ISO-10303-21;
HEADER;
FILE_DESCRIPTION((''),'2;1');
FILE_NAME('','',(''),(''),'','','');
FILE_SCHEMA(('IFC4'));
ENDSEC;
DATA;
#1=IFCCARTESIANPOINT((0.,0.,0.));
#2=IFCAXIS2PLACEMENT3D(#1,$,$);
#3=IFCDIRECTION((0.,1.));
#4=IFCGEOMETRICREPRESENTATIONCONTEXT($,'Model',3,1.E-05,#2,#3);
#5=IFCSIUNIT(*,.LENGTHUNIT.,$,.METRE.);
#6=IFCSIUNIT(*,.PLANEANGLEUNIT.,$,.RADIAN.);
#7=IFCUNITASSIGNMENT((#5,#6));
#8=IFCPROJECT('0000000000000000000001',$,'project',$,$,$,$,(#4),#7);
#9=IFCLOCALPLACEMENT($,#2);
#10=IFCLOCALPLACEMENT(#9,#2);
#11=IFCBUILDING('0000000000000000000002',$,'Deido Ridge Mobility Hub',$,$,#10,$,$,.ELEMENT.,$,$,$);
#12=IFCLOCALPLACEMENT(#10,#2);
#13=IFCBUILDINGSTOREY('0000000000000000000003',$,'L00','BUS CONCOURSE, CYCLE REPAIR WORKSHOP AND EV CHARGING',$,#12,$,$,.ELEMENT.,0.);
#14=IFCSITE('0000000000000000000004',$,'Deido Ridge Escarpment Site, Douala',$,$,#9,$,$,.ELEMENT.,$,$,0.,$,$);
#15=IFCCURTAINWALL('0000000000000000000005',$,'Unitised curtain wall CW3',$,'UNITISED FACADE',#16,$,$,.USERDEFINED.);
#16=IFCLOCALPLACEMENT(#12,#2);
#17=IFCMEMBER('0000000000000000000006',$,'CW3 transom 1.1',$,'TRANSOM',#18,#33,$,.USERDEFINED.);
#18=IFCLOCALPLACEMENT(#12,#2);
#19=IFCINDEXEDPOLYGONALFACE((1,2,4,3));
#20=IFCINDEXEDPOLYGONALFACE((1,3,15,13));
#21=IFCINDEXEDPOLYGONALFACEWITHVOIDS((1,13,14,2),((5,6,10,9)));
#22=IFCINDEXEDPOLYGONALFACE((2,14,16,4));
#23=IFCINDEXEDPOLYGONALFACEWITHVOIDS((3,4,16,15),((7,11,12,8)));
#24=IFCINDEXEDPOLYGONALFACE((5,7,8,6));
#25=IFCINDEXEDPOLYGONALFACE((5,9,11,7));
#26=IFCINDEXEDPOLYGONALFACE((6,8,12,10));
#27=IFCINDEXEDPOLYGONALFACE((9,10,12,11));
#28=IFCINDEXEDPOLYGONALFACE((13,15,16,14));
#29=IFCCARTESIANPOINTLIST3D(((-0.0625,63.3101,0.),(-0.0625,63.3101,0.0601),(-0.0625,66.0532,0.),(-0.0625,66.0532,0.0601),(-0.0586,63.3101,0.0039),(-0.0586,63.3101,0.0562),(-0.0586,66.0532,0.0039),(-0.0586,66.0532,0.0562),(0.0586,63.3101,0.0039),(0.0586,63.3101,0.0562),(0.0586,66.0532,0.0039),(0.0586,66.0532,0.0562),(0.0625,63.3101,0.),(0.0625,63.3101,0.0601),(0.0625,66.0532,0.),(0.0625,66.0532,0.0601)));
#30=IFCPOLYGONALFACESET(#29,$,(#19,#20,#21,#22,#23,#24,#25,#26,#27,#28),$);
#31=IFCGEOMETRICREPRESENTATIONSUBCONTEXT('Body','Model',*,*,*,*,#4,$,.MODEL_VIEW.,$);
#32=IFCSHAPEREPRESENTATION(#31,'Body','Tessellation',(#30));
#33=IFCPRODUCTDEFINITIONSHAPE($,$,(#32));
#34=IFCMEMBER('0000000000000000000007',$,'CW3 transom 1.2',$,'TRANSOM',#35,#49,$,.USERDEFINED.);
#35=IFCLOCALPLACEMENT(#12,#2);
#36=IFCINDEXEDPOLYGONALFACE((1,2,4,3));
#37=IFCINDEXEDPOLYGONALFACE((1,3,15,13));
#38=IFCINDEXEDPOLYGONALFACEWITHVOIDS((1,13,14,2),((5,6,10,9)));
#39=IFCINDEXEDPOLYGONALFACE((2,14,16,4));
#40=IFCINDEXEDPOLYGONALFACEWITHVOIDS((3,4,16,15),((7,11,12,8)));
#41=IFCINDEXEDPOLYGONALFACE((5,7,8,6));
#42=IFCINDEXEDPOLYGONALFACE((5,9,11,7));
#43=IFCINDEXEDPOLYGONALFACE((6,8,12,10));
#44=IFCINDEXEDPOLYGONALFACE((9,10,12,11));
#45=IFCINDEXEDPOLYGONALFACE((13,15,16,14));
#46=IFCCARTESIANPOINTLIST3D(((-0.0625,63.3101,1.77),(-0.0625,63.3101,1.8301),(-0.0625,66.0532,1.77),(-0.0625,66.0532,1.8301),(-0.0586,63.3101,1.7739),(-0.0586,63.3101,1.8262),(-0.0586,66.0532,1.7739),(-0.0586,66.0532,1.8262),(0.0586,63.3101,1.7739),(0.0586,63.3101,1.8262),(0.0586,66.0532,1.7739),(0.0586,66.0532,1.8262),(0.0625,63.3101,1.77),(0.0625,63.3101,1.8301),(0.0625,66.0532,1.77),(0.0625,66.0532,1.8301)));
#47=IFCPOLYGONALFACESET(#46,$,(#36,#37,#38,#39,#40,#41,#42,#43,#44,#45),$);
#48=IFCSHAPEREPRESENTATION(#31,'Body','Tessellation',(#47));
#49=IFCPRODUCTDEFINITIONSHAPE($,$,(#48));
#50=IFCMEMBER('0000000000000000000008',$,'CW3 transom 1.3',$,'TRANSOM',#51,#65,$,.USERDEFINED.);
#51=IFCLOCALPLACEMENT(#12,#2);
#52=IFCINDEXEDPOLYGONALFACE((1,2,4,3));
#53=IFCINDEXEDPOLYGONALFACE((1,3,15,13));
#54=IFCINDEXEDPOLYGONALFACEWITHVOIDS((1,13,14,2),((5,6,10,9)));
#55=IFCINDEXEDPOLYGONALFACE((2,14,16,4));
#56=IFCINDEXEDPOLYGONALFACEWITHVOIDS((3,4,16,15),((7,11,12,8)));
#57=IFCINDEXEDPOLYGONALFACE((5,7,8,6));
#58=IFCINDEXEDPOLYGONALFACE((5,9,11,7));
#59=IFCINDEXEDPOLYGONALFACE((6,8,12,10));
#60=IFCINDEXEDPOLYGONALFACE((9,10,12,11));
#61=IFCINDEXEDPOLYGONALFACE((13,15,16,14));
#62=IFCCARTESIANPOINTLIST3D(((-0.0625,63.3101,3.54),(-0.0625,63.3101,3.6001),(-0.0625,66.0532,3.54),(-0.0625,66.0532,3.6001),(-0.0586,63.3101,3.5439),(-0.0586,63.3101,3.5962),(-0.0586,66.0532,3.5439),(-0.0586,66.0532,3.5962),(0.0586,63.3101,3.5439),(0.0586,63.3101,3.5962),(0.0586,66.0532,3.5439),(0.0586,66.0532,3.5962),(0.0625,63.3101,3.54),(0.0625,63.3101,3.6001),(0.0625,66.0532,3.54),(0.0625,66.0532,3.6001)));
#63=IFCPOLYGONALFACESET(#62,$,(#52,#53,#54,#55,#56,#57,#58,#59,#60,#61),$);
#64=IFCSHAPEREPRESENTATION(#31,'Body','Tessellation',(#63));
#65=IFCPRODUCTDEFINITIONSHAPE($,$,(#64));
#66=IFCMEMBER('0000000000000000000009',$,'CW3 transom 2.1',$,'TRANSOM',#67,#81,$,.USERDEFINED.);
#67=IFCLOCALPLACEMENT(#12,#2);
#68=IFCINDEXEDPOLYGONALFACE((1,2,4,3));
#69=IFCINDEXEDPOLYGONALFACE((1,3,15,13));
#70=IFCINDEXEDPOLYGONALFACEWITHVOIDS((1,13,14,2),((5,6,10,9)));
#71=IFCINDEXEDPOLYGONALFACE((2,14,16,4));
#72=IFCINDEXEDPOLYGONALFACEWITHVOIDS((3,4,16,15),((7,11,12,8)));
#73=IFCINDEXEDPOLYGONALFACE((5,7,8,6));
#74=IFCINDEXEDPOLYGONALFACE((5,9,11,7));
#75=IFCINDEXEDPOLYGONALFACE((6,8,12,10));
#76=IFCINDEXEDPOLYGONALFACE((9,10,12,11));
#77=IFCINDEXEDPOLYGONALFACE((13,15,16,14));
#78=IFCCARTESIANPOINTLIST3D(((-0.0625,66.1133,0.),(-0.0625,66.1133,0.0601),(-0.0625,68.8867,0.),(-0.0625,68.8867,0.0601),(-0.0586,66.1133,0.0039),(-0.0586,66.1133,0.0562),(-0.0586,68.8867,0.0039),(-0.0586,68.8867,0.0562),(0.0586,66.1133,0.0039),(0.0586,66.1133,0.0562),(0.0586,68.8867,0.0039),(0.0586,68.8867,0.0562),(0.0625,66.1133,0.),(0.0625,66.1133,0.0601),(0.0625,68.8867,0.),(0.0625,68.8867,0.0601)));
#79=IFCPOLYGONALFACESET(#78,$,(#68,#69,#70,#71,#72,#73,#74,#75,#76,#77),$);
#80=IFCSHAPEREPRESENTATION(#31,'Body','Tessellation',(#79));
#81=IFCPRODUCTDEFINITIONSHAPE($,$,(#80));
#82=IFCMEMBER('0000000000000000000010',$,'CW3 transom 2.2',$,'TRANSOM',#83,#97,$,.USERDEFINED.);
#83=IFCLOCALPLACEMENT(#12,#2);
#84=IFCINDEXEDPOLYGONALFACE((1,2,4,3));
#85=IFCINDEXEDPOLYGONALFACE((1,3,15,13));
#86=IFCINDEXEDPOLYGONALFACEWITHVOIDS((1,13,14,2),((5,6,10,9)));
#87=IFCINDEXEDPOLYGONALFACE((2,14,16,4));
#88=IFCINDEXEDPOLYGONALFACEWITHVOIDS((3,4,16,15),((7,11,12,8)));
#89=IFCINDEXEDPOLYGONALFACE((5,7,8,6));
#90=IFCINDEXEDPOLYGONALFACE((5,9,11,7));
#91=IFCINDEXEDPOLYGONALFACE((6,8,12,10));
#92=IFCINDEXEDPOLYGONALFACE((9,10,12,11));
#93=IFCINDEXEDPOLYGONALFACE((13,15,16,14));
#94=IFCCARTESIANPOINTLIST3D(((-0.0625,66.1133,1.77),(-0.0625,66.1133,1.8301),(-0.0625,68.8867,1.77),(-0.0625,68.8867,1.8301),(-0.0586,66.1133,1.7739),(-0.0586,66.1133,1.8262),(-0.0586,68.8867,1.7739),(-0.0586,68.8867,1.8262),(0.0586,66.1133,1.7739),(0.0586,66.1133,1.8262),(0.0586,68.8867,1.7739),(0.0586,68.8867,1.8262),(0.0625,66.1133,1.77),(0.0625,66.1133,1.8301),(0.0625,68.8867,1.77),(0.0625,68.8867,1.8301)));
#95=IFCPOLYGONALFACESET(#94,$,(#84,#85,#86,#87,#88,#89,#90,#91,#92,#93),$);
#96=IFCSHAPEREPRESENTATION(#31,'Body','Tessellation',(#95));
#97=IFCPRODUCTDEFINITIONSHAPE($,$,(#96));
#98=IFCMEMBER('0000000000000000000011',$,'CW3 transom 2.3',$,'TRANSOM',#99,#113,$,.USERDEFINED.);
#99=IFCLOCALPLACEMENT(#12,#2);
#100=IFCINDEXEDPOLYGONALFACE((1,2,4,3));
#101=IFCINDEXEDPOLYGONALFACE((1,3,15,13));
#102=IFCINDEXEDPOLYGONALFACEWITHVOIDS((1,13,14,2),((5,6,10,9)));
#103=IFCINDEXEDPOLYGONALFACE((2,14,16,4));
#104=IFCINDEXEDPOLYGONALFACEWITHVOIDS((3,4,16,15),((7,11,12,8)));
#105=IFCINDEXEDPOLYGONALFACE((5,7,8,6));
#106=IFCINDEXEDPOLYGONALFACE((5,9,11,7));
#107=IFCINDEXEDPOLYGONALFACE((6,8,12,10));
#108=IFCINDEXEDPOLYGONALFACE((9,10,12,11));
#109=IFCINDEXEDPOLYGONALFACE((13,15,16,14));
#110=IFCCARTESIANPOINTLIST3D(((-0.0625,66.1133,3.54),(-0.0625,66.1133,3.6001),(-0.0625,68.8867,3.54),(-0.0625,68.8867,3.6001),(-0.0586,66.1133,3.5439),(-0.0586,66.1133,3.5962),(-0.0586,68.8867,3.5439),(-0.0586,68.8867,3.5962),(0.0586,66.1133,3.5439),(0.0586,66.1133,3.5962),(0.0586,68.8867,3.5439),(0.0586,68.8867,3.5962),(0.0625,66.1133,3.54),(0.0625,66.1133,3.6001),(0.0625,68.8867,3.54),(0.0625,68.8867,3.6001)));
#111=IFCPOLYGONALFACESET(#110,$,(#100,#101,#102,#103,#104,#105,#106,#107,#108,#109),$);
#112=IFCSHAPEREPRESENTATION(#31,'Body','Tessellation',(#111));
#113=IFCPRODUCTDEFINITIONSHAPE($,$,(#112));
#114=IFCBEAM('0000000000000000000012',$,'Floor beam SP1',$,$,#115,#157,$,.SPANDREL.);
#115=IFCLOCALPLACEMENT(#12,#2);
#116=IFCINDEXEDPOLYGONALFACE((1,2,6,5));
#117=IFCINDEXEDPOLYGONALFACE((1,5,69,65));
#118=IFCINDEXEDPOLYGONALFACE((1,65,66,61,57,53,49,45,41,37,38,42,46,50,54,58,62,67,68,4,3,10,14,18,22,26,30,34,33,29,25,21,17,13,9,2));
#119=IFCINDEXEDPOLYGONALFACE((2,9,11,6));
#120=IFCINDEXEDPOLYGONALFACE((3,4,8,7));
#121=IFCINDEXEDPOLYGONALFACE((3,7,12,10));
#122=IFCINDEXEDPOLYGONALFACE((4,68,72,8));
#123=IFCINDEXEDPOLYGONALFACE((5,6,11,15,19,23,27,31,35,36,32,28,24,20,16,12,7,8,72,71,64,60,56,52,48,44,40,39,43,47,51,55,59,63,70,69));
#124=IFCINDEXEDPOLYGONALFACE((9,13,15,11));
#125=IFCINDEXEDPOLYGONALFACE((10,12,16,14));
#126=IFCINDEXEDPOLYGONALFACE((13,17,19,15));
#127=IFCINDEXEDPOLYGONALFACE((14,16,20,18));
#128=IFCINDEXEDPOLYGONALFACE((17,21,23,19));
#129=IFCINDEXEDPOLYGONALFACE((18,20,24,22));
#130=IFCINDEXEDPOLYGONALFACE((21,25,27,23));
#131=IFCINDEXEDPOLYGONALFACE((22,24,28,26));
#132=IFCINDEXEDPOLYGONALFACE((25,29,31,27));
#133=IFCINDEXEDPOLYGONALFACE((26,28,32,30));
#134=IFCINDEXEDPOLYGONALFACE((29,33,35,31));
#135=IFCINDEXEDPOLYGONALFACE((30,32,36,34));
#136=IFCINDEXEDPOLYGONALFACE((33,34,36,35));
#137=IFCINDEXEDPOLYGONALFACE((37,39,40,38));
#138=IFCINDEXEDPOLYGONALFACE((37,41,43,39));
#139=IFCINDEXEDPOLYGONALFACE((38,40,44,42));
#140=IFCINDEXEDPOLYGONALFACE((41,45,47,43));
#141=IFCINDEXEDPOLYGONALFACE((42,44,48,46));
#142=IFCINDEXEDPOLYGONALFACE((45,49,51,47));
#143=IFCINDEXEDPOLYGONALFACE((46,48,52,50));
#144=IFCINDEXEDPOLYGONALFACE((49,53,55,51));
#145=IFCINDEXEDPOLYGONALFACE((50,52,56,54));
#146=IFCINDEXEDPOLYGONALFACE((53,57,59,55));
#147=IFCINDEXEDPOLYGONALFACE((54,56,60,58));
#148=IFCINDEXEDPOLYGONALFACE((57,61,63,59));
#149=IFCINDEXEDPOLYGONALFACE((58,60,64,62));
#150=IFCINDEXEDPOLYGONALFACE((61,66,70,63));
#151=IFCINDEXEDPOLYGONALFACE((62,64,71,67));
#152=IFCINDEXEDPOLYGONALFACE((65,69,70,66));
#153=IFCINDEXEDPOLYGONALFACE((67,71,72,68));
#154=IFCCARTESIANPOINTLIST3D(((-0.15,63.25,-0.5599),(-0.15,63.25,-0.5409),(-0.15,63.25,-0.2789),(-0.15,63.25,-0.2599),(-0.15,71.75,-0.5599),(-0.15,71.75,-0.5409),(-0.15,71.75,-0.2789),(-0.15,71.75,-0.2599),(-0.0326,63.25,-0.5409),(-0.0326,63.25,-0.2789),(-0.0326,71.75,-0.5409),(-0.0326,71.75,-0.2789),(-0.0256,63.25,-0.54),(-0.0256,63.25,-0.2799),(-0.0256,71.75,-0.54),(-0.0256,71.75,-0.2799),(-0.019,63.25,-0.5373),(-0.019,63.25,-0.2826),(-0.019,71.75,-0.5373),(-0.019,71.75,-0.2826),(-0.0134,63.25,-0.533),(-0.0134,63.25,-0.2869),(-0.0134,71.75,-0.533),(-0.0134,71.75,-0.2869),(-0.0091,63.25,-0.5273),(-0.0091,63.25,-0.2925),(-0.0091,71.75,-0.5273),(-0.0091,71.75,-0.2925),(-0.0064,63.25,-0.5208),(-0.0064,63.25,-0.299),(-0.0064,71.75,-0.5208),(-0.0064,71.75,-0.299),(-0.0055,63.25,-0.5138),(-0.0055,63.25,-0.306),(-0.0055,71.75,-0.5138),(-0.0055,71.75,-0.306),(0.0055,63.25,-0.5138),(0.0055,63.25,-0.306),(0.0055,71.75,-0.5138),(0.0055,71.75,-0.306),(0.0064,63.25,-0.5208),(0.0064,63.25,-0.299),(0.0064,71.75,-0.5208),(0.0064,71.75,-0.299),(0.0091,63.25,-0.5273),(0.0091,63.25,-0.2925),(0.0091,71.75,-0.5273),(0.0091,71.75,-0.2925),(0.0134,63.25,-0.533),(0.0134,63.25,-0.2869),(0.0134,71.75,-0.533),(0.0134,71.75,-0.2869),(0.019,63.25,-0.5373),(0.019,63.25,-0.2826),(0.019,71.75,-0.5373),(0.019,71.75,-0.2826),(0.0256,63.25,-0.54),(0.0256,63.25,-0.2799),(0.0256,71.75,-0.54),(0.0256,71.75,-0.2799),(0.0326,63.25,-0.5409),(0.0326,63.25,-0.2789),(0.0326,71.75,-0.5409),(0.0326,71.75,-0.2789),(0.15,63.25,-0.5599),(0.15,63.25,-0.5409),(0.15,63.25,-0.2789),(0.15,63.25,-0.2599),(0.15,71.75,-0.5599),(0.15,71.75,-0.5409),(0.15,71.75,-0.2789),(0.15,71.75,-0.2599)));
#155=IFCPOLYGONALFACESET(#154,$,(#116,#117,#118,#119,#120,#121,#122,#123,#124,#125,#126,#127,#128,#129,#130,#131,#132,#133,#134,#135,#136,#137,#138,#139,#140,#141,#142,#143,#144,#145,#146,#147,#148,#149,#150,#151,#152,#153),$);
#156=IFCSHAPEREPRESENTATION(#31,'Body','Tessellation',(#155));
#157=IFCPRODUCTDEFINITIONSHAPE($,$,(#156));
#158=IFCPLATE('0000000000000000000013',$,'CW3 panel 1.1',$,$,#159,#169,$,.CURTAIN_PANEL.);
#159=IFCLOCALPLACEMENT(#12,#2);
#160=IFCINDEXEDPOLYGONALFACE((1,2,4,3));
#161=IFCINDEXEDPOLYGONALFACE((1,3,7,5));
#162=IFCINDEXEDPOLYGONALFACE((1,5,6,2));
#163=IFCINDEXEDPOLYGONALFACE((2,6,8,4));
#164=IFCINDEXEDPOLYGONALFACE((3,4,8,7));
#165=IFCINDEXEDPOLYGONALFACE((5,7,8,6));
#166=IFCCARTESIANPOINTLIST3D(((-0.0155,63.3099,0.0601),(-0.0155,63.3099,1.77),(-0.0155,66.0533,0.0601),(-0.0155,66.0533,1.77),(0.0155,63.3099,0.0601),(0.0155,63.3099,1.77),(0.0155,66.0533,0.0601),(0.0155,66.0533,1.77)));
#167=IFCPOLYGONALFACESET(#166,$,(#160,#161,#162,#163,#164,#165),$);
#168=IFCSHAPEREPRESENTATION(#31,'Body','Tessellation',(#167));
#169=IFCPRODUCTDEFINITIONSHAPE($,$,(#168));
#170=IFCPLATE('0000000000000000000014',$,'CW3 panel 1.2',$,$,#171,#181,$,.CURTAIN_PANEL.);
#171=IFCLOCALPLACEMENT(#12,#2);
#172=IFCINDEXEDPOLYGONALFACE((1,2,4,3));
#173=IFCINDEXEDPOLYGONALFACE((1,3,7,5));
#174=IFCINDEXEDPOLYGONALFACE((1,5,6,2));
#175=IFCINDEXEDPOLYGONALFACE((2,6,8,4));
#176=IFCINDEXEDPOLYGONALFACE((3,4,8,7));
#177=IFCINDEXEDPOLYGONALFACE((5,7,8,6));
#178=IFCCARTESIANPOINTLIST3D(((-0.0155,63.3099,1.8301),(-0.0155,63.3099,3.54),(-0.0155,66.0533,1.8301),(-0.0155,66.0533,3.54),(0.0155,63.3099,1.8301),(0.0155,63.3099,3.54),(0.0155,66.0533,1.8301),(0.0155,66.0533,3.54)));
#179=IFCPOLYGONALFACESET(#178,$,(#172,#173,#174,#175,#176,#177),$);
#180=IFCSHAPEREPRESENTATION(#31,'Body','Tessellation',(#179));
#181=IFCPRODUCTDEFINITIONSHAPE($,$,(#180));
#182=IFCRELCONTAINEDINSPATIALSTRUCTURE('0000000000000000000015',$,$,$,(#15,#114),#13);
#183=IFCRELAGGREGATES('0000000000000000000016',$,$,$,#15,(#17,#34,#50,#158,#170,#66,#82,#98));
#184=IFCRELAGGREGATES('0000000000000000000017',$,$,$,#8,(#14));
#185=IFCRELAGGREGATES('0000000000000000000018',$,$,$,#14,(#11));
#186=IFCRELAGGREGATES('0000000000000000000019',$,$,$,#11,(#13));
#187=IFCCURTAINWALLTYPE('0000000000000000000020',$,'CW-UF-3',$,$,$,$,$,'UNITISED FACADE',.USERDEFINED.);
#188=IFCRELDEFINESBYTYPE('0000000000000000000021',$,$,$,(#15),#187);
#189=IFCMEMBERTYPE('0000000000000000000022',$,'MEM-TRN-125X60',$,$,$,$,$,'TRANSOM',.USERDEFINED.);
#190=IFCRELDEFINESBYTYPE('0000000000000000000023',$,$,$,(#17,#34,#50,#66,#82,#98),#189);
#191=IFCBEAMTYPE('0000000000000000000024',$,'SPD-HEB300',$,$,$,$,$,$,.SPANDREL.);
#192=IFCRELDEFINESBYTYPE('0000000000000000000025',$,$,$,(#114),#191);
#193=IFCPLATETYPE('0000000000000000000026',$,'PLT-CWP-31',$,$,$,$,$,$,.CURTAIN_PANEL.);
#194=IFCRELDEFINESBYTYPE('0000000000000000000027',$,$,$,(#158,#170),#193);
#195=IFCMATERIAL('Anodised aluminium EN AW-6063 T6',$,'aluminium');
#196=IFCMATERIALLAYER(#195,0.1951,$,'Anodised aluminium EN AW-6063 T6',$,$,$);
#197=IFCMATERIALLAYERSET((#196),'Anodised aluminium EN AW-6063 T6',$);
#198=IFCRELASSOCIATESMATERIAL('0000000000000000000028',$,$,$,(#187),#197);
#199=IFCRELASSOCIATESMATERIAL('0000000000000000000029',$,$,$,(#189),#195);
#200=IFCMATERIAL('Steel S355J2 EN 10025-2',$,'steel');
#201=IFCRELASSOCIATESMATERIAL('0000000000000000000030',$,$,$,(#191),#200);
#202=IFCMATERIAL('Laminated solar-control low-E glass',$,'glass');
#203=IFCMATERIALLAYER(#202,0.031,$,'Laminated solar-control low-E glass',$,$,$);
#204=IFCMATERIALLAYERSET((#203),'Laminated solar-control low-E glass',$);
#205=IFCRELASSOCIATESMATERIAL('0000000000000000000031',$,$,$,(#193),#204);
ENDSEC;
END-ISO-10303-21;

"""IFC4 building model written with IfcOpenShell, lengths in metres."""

from ifc_helpers import new_model, si_unit, direction, frame, origin, origin_2d, place, context, subcontext, project, spatial, rectangle, hollow_rectangle, i_section, extrude, material, layer, layer_set, material_profile, profile_set, type_object, element, aggregate, save


model = new_model("IFC4")

# Units and contexts
model_context = context("Model", 3, precision=1e-05, world=origin(), true_north=direction((0.0, 1.0)))
body_context = subcontext(model_context, "Body", "Model", "MODEL_VIEW")
ifc_project = project(units=[si_unit("LENGTHUNIT", "METRE"), si_unit("PLANEANGLEUNIT", "RADIAN")], contexts=[model_context])

# Site, building, storey
site_placement = place(None, origin())
site = spatial("IfcSite", under=ifc_project, at=site_placement, Name="Deido Ridge Escarpment Site, Douala", CompositionType="ELEMENT", RefElevation=0.0)
building_placement = place(site_placement, origin())
building = spatial("IfcBuilding", under=site, at=building_placement, Name="Deido Ridge Mobility Hub", CompositionType="ELEMENT")
storey_placement = place(building_placement, origin())
storey = spatial("IfcBuildingStorey", under=building, at=storey_placement, Name="L00", Description="BUS CONCOURSE, CYCLE REPAIR WORKSHOP AND EV CHARGING", CompositionType="ELEMENT", Elevation=0.0)

# Shared definitions
ifc_material_1 = material(Name="Steel S355J2 EN 10025-2", Category="steel")

# Curtain wall, members
ifc_material_2 = material(Name="Anodised aluminium EN AW-6063 T6", Category="aluminium")
ifc_layer_1 = layer(ifc_material_2, 0.1951, Name="Anodised aluminium EN AW-6063 T6")
ifc_layer_set_1 = layer_set([ifc_layer_1], Name="Anodised aluminium EN AW-6063 T6")
curtain_wall_type = type_object("IfcCurtainWallType", Name="CW-UF-3", ElementType="UNITISED FACADE", PredefinedType="USERDEFINED", material=ifc_layer_set_1)
curtain_wall_placement = place(storey_placement, origin())
curtain_wall = element("IfcCurtainWall", 1, at=curtain_wall_placement, inside=storey, type_object=curtain_wall_type, Name="Unitised curtain wall CW3", ObjectType="UNITISED FACADE", PredefinedType="USERDEFINED")
ifc_material_profile_1 = material_profile(ifc_material_2, hollow_rectangle(XDim=0.125, YDim=0.0601, WallThickness=0.0039, at=origin_2d()), Name="RHS 125x60x4")
ifc_profile_set_1 = profile_set([ifc_material_profile_1], Name="Anodised aluminium EN AW-6063 T6")
member_type_1 = type_object("IfcMemberType", Name="MEM-TRN-125X60", ElementType="TRANSOM", PredefinedType="USERDEFINED", material=ifc_profile_set_1)
member_1_placement = place(storey_placement, frame((0.0, 63.3101, 0.03), z_axis=(0.0, 1.0, 0.0), x_axis=(-1.0, 0.0, 0.0)))
member_1 = element("IfcMember", 2, at=member_1_placement, type_object=member_type_1, Name="CW3 transom 1.1", ObjectType="TRANSOM", PredefinedType="USERDEFINED", context=body_context, shape_type="SweptSolid", body=[
    extrude(hollow_rectangle(XDim=0.125, YDim=0.0601, WallThickness=0.0039, at=origin_2d()), origin(), (0.0, 0.0, 1.0), 2.7432),
])
member_2_placement = place(storey_placement, frame((0.0, 63.3101, 1.8), z_axis=(0.0, 1.0, 0.0), x_axis=(-1.0, 0.0, 0.0)))
member_2 = element("IfcMember", 3, at=member_2_placement, type_object=member_type_1, Name="CW3 transom 1.2", ObjectType="TRANSOM", PredefinedType="USERDEFINED", context=body_context, shape_type="SweptSolid", body=[
    extrude(hollow_rectangle(XDim=0.125, YDim=0.0601, WallThickness=0.0039, at=origin_2d()), origin(), (0.0, 0.0, 1.0), 2.7432),
])
member_3_placement = place(storey_placement, frame((0.0, 63.3101, 3.5701), z_axis=(0.0, 1.0, 0.0), x_axis=(-1.0, 0.0, 0.0)))
member_3 = element("IfcMember", 4, at=member_3_placement, type_object=member_type_1, Name="CW3 transom 1.3", ObjectType="TRANSOM", PredefinedType="USERDEFINED", context=body_context, shape_type="SweptSolid", body=[
    extrude(hollow_rectangle(XDim=0.125, YDim=0.0601, WallThickness=0.0039, at=origin_2d()), origin(), (0.0, 0.0, 1.0), 2.7432),
])
member_4_placement = place(storey_placement, frame((0.0, 66.1133, 0.03), z_axis=(0.0, 1.0, 0.0), x_axis=(-1.0, 0.0, 0.0)))
member_4 = element("IfcMember", 5, at=member_4_placement, type_object=member_type_1, Name="CW3 transom 2.1", ObjectType="TRANSOM", PredefinedType="USERDEFINED", context=body_context, shape_type="SweptSolid", body=[
    extrude(hollow_rectangle(XDim=0.125, YDim=0.0601, WallThickness=0.0039, at=origin_2d()), origin(), (0.0, 0.0, 1.0), 2.7734),
])
member_5_placement = place(storey_placement, frame((0.0, 66.1133, 1.8), z_axis=(0.0, 1.0, 0.0), x_axis=(-1.0, 0.0, 0.0)))
member_5 = element("IfcMember", 6, at=member_5_placement, type_object=member_type_1, Name="CW3 transom 2.2", ObjectType="TRANSOM", PredefinedType="USERDEFINED", context=body_context, shape_type="SweptSolid", body=[
    extrude(hollow_rectangle(XDim=0.125, YDim=0.0601, WallThickness=0.0039, at=origin_2d()), origin(), (0.0, 0.0, 1.0), 2.7734),
])
member_6_placement = place(storey_placement, frame((0.0, 66.1133, 3.5701), z_axis=(0.0, 1.0, 0.0), x_axis=(-1.0, 0.0, 0.0)))
member_6 = element("IfcMember", 7, at=member_6_placement, type_object=member_type_1, Name="CW3 transom 2.3", ObjectType="TRANSOM", PredefinedType="USERDEFINED", context=body_context, shape_type="SweptSolid", body=[
    extrude(hollow_rectangle(XDim=0.125, YDim=0.0601, WallThickness=0.0039, at=origin_2d()), origin(), (0.0, 0.0, 1.0), 2.7734),
])

# Beam
ifc_material_profile_2 = material_profile(ifc_material_1, i_section(OverallWidth=0.3, OverallDepth=0.3, WebThickness=0.011, FlangeThickness=0.019, FilletRadius=0.0271, at=origin_2d()), Name="HEB 300")
ifc_profile_set_2 = profile_set([ifc_material_profile_2], Name="Steel S355J2 EN 10025-2")
beam_type_1 = type_object("IfcBeamType", Name="SPD-HEB300", PredefinedType="SPANDREL", material=ifc_profile_set_2)
beam_1_placement = place(storey_placement, frame((0.0, 63.25, -0.4099), z_axis=(0.0, 1.0, 0.0), x_axis=(-1.0, 0.0, 0.0)))
element("IfcBeam", 8, at=beam_1_placement, inside=storey, type_object=beam_type_1, Name="Floor beam SP1", PredefinedType="SPANDREL", context=body_context, shape_type="SweptSolid", body=[
    extrude(i_section(OverallWidth=0.3, OverallDepth=0.3, WebThickness=0.011, FlangeThickness=0.019, FilletRadius=0.0271, at=origin_2d()), origin(), (0.0, 0.0, 1.0), 8.5),
])

# Plates
ifc_material_3 = material(Name="Laminated solar-control low-E glass", Category="glass")
ifc_layer_2 = layer(ifc_material_3, 0.031, Name="Laminated solar-control low-E glass")
ifc_layer_set_2 = layer_set([ifc_layer_2], Name="Laminated solar-control low-E glass")
plate_type_1 = type_object("IfcPlateType", Name="PLT-CWP-31", PredefinedType="CURTAIN_PANEL", material=ifc_layer_set_2)
plate_1_placement = place(storey_placement, frame((0.0, 64.6816, 0.0601), z_axis=(0.0, 0.0, 1.0), x_axis=(0.0, 1.0, 0.0)))
plate_1 = element("IfcPlate", 9, at=plate_1_placement, type_object=plate_type_1, Name="CW3 panel 1.1", PredefinedType="CURTAIN_PANEL", context=body_context, shape_type="SweptSolid", body=[
    extrude(rectangle(XDim=2.7434, YDim=0.031, at=origin_2d()), origin(), (0.0, 0.0, 1.0), 1.71),
])
plate_2_placement = place(storey_placement, frame((0.0, 64.6816, 1.8301), z_axis=(0.0, 0.0, 1.0), x_axis=(0.0, 1.0, 0.0)))
plate_2 = element("IfcPlate", 10, at=plate_2_placement, type_object=plate_type_1, Name="CW3 panel 1.2", PredefinedType="CURTAIN_PANEL", context=body_context, shape_type="SweptSolid", body=[
    extrude(rectangle(XDim=2.7434, YDim=0.031, at=origin_2d()), origin(), (0.0, 0.0, 1.0), 1.71),
])
aggregate(curtain_wall, [member_1, member_2, member_3, plate_1, plate_2, member_4, member_5, member_6])

save(model, "model.ifc")
